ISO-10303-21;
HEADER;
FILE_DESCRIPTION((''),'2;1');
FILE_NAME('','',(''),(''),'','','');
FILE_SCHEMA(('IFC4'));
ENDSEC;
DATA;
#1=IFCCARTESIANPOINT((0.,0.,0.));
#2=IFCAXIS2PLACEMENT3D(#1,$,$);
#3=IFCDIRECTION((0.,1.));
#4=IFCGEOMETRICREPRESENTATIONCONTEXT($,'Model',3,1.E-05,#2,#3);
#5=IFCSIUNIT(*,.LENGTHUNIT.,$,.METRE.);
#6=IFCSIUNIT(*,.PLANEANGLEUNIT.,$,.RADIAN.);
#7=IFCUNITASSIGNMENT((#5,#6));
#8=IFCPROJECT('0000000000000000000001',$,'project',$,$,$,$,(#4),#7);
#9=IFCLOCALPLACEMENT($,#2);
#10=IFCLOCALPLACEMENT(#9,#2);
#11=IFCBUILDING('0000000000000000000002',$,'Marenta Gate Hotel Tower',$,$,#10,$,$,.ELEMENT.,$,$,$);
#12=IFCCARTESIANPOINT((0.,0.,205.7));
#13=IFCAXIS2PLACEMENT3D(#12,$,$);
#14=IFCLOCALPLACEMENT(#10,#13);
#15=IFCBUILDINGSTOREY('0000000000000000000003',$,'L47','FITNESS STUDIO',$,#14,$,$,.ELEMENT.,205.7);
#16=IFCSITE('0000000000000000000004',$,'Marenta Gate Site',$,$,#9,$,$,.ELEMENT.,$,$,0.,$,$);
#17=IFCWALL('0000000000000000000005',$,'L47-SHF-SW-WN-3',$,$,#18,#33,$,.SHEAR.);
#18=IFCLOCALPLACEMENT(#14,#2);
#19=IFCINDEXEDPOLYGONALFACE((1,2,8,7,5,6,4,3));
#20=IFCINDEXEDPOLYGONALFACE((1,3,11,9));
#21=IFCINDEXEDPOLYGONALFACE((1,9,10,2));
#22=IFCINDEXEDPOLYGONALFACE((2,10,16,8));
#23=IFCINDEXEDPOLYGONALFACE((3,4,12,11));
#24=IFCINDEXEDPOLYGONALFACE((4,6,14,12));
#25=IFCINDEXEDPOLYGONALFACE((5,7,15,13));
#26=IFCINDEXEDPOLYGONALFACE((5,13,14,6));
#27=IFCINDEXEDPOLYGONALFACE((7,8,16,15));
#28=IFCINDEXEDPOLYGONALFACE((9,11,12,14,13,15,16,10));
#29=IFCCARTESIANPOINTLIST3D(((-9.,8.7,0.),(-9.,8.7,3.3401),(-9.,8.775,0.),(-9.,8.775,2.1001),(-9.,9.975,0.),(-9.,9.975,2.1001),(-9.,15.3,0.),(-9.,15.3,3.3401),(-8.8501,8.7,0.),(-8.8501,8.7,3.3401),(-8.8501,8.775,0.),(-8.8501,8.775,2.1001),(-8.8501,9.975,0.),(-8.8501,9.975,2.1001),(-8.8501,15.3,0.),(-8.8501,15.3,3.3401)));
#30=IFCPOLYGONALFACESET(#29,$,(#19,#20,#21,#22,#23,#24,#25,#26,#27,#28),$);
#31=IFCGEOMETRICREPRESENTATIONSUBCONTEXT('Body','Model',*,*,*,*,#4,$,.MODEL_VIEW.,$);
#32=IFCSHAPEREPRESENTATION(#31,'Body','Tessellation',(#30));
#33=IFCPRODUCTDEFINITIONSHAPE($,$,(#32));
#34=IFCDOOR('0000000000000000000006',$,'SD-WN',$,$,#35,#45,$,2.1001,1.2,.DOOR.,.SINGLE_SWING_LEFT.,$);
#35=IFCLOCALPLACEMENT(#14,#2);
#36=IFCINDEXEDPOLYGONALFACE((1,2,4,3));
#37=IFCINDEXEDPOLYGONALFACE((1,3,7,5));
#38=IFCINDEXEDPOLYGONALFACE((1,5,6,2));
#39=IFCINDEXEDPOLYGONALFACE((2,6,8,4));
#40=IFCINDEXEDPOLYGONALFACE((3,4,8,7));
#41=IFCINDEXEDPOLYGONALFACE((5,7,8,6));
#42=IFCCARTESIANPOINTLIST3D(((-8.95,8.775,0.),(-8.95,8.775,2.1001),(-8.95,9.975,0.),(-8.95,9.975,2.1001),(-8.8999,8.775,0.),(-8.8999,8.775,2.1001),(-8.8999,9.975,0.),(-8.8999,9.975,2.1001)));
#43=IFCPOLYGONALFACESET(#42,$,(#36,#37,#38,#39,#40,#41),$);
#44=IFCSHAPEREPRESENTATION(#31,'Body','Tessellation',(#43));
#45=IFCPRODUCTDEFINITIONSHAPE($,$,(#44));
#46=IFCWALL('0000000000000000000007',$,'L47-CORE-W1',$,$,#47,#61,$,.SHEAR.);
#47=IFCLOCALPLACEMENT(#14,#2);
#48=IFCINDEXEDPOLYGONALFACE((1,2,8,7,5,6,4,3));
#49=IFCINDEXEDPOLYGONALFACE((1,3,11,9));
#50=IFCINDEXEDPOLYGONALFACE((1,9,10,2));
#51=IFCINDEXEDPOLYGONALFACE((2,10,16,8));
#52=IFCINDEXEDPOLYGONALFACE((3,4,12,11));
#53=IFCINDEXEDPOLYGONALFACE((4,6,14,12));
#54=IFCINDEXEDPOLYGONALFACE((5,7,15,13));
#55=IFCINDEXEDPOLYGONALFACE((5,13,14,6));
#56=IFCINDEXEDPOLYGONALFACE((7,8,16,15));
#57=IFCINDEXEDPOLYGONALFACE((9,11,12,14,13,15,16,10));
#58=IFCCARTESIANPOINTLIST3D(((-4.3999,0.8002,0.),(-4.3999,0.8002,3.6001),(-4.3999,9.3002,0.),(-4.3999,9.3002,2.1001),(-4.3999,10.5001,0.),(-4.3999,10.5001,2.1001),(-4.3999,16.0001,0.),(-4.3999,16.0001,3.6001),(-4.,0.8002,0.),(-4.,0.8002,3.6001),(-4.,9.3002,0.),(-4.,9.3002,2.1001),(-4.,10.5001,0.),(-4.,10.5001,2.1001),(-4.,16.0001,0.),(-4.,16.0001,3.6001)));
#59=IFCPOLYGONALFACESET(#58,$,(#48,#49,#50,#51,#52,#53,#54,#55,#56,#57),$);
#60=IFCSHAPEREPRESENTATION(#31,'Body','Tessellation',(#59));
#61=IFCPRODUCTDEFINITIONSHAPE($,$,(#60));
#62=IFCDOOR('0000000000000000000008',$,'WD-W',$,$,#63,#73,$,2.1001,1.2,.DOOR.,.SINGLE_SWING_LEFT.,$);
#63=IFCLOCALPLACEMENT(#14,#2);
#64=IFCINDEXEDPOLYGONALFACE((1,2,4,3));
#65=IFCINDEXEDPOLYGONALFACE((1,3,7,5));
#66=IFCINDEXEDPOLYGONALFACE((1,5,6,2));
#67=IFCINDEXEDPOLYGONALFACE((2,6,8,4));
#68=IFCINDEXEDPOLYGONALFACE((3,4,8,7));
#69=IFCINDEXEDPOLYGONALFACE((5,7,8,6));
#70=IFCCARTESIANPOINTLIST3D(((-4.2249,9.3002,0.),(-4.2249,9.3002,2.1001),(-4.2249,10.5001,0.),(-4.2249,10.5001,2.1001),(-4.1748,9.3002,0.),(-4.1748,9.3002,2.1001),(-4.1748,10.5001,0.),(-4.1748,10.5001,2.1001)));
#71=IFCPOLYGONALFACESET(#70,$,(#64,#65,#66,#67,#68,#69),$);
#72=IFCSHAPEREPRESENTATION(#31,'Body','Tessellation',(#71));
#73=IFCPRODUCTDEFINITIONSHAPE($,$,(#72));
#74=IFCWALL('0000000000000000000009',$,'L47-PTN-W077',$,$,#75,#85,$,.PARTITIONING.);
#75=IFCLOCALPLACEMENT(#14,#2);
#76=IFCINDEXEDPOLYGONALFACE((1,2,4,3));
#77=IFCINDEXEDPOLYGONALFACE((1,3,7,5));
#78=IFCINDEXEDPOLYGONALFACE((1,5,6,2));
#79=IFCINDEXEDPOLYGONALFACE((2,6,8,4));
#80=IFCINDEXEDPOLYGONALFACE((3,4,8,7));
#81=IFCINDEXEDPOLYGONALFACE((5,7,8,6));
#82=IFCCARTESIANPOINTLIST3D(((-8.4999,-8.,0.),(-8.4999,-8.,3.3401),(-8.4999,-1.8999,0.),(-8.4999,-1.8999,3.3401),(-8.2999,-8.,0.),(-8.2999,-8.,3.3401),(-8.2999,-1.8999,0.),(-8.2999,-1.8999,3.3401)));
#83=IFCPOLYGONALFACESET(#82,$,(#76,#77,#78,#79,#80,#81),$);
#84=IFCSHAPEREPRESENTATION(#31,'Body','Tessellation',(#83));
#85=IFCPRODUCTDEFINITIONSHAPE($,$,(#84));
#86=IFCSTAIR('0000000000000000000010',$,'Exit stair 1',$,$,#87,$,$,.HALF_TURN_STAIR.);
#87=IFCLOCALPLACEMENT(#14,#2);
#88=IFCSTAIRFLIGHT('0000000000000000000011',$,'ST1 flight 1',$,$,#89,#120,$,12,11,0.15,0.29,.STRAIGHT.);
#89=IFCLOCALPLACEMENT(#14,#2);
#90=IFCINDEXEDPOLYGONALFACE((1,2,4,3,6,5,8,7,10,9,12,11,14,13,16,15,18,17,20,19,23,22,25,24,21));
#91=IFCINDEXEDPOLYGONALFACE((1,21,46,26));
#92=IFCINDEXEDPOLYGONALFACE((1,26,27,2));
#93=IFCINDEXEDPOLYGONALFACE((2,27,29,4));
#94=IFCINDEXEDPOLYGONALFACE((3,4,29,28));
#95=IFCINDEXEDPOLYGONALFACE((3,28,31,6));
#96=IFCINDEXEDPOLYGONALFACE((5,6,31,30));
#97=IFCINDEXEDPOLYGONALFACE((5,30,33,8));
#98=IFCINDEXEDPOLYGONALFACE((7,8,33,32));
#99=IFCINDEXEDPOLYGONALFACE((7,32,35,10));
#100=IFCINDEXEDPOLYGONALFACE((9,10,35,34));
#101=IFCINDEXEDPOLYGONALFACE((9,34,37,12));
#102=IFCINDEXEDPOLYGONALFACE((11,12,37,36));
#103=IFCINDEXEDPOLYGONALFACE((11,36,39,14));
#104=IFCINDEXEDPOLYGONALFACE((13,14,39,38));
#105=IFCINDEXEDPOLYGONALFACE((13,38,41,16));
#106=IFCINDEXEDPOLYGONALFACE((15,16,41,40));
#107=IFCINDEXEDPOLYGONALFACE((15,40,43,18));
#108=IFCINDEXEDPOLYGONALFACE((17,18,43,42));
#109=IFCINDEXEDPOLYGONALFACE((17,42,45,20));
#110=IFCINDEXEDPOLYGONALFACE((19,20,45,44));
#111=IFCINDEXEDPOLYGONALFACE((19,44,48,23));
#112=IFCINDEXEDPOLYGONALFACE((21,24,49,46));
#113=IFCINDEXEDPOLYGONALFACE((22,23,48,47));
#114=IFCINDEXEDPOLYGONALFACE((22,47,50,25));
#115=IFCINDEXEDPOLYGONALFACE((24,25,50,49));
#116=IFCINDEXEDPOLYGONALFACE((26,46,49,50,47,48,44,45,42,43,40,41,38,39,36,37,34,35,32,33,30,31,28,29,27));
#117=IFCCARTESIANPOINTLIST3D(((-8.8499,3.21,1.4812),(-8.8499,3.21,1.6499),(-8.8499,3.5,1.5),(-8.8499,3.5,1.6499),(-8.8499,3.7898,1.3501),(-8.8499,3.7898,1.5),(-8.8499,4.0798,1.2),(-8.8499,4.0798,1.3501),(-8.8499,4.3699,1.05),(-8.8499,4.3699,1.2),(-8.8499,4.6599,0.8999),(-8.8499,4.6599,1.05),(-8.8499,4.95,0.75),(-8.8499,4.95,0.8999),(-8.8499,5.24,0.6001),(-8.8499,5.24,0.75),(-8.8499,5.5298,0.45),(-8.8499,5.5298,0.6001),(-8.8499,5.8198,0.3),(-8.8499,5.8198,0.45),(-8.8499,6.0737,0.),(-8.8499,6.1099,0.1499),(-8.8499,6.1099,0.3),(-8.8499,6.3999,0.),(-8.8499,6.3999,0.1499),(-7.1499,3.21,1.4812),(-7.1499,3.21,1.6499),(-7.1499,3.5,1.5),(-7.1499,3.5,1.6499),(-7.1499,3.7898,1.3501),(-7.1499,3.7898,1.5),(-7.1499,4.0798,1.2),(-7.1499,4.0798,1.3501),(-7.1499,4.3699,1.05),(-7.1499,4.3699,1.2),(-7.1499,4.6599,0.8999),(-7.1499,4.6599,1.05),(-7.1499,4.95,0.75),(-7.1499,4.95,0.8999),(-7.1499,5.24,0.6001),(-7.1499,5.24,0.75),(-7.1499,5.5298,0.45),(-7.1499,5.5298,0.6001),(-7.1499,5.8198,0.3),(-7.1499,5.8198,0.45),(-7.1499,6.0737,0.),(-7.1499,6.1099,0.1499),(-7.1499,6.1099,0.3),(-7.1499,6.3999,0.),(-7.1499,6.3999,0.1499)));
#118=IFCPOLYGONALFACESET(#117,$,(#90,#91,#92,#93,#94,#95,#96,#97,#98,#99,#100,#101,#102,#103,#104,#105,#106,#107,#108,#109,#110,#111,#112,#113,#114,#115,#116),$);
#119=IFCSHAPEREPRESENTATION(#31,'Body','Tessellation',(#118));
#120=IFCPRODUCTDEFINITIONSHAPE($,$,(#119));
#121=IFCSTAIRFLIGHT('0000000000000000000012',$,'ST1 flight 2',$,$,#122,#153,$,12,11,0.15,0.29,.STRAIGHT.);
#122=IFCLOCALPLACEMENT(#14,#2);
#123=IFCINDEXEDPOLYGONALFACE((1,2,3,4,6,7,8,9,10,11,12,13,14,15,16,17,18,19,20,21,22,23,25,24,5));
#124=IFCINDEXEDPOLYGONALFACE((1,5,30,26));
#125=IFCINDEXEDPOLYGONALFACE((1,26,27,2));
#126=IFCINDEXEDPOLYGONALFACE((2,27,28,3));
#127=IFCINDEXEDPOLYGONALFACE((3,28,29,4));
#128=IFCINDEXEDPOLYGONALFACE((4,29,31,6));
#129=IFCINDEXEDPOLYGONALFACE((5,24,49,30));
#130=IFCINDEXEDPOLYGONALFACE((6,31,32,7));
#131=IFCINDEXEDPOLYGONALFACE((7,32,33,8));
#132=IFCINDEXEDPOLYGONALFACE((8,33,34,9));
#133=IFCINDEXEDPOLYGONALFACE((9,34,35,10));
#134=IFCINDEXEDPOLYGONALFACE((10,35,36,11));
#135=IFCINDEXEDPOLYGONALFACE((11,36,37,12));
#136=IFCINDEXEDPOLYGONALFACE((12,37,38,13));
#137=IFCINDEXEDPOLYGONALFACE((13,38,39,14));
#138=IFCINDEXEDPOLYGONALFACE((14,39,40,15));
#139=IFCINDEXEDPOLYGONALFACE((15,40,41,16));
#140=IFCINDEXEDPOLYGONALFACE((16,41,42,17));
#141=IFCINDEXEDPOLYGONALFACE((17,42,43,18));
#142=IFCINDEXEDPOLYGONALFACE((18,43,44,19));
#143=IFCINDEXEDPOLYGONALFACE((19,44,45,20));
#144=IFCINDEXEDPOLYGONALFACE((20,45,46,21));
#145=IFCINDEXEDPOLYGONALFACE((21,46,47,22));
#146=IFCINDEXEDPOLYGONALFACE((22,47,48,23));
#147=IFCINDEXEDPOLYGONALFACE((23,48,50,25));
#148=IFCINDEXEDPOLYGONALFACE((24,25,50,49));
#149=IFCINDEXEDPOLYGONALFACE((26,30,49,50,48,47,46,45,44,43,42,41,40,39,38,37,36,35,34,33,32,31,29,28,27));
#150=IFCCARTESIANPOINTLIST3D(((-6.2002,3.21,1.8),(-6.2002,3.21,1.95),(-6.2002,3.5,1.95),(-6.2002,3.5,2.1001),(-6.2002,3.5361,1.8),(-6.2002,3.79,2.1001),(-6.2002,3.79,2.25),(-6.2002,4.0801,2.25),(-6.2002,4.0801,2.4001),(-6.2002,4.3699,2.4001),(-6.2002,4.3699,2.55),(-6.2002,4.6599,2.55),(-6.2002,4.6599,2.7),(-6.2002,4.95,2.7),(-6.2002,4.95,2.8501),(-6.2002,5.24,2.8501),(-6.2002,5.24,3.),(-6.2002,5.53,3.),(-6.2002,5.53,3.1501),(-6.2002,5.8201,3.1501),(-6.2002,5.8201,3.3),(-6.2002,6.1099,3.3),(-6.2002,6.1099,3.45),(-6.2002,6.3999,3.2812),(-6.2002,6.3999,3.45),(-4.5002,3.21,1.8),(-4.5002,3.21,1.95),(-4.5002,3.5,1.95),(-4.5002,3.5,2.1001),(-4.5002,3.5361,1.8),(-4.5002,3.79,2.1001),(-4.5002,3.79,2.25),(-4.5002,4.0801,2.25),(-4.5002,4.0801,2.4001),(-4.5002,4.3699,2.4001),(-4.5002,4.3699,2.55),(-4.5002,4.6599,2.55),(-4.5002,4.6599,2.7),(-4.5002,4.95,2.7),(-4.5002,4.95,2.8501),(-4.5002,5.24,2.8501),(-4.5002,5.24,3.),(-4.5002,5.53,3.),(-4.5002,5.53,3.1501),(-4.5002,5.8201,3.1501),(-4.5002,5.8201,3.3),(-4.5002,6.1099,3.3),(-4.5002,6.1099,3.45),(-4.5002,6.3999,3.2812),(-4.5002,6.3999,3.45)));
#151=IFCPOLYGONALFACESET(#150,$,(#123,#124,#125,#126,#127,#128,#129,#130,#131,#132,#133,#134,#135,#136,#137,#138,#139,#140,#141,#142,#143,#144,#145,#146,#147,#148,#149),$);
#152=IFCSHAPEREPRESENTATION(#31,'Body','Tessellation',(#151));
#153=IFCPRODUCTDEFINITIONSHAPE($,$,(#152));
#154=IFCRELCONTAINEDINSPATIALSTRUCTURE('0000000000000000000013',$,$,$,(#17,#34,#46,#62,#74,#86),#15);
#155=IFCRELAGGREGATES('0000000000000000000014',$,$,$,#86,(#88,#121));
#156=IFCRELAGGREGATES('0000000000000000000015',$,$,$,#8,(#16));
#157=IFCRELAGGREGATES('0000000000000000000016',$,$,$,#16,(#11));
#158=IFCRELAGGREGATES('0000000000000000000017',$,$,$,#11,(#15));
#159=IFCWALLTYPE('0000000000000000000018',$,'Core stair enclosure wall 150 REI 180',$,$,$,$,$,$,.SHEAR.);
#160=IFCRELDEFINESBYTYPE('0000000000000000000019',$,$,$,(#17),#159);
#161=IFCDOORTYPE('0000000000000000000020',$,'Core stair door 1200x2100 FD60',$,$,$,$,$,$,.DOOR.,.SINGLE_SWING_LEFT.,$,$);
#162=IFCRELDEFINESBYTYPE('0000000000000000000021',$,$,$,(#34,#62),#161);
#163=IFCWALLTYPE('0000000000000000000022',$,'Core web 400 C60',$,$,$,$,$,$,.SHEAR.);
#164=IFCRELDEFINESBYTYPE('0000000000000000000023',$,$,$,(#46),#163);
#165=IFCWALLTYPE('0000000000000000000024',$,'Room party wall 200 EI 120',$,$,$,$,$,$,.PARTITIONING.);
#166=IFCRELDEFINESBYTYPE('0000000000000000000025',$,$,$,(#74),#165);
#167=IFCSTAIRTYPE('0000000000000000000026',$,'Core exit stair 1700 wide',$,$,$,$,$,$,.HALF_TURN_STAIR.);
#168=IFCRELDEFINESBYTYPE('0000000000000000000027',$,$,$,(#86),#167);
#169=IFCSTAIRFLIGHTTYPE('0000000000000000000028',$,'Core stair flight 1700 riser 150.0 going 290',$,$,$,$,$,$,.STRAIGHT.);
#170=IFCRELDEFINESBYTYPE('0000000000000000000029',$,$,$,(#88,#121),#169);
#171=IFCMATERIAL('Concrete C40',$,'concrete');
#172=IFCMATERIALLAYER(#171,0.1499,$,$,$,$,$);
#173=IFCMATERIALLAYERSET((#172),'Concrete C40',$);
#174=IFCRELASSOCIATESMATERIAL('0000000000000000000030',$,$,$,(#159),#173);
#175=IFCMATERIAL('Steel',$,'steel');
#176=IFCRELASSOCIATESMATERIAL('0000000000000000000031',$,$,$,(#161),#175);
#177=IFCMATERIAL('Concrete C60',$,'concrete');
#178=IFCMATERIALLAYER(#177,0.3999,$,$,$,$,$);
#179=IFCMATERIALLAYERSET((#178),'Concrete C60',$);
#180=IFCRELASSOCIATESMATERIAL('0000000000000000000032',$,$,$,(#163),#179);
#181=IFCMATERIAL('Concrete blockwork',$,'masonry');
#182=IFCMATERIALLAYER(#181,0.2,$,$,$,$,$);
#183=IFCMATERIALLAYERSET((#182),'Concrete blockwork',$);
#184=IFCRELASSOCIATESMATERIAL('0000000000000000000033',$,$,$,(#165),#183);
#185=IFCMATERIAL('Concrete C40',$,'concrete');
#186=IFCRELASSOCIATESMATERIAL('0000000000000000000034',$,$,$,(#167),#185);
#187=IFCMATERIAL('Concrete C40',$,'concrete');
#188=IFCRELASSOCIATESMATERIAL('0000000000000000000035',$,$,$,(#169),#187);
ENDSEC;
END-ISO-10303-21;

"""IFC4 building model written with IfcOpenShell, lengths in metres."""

from ifc_helpers import new_model, si_unit, direction, frame, frame_2d, origin, place, context, subcontext, project, spatial, polyline, rectangle, outline, extrude, material, layer, layer_set, type_object, element, fill, aggregate, save


model = new_model("IFC4")

# Units and contexts
model_context = context("Model", 3, precision=1e-05, world=origin(), true_north=direction((0.0, 1.0)))
body_context = subcontext(model_context, "Body", "Model", "MODEL_VIEW")
ifc_project = project(units=[si_unit("LENGTHUNIT", "METRE"), si_unit("PLANEANGLEUNIT", "RADIAN")], contexts=[model_context])

# Site, building, storey
site_placement = place(None, origin())
site = spatial("IfcSite", under=ifc_project, at=site_placement, Name="Marenta Gate Site", CompositionType="ELEMENT", RefElevation=0.0)
building_placement = place(site_placement, origin())
building = spatial("IfcBuilding", under=site, at=building_placement, Name="Marenta Gate Hotel Tower", CompositionType="ELEMENT")
storey_placement = place(building_placement, frame((0.0, 0.0, 205.7)))
storey = spatial("IfcBuildingStorey", under=building, at=storey_placement, Name="L47", Description="FITNESS STUDIO", CompositionType="ELEMENT", Elevation=205.7)

# Walls, openings, doors
ifc_material_1 = material(Name="Concrete C40", Category="concrete")
ifc_layer_1 = layer(ifc_material_1, 0.1499)
ifc_layer_set_1 = layer_set([ifc_layer_1], Name="Concrete C40")
wall_type_1 = type_object("IfcWallType", Name="Core stair enclosure wall 150 REI 180", PredefinedType="SHEAR", material=ifc_layer_set_1)
wall_1_placement = place(storey_placement, frame((-8.925, 8.7, 0.0), z_axis=(0.0, 0.0, 1.0), x_axis=(0.0, 1.0, 0.0)))
wall_1 = element("IfcWall", 1, at=wall_1_placement, inside=storey, type_object=wall_type_1, Name="L47-SHF-SW-WN-3", PredefinedType="SHEAR", context=body_context, shape_type="SweptSolid", body=[
    extrude(rectangle(XDim=6.6001, YDim=0.1499, at=frame_2d((3.3, 0.0))), origin(), (0.0, 0.0, 1.0), 3.3401),
])
opening_1_placement = place(wall_1_placement, frame((0.075, 0.0, 0.0)))
opening_1 = element("IfcOpeningElement", 2, at=opening_1_placement, cuts=wall_1, PredefinedType="OPENING", context=body_context, shape_type="SweptSolid", body=[
    extrude(rectangle(XDim=1.2, YDim=2.1001, at=frame_2d((0.6001, 1.05))), frame((0.0, 0.075, 0.0), z_axis=(0.0, -1.0, 0.0), x_axis=(1.0, 0.0, 0.0)), (0.0, 0.0, 1.0), 0.1499),
])
ifc_material_2 = material(Name="Steel", Category="steel")
door_type_1 = type_object("IfcDoorType", Name="Core stair door 1200x2100 FD60", OperationType="SINGLE_SWING_LEFT", PredefinedType="DOOR", material=ifc_material_2)
door_1_placement = place(opening_1_placement, origin())
door_1 = element("IfcDoor", 3, at=door_1_placement, inside=storey, type_object=door_type_1, Name="SD-WN", OperationType="SINGLE_SWING_LEFT", OverallHeight=2.1001, OverallWidth=1.2, PredefinedType="DOOR", context=body_context, shape_type="SweptSolid", body=[
    extrude(rectangle(XDim=1.2, YDim=2.1001, at=frame_2d((0.6001, 1.05))), frame((0.0, 0.0249, 0.0), z_axis=(0.0, -1.0, 0.0), x_axis=(1.0, 0.0, 0.0)), (0.0, 0.0, 1.0), 0.05),
])
fill(opening_1, door_1)
ifc_material_3 = material(Name="Concrete C60", Category="concrete")
ifc_layer_2 = layer(ifc_material_3, 0.3999)
ifc_layer_set_2 = layer_set([ifc_layer_2], Name="Concrete C60")
wall_type_2 = type_object("IfcWallType", Name="Core web 400 C60", PredefinedType="SHEAR", material=ifc_layer_set_2)
wall_2_placement = place(storey_placement, frame((-4.2, 0.8, 0.0), z_axis=(0.0, 0.0, 1.0), x_axis=(0.0, 1.0, 0.0)))
wall_2 = element("IfcWall", 4, at=wall_2_placement, inside=storey, type_object=wall_type_2, Name="L47-CORE-W1", PredefinedType="SHEAR", context=body_context, shape_type="SweptSolid", body=[
    extrude(rectangle(XDim=15.2, YDim=0.3999, at=frame_2d((7.6001, 0.0))), origin(), (0.0, 0.0, 1.0), 3.6001),
])
opening_2_placement = place(wall_2_placement, frame((8.5, 0.0, 0.0)))
opening_2 = element("IfcOpeningElement", 5, at=opening_2_placement, cuts=wall_2, PredefinedType="OPENING", context=body_context, shape_type="SweptSolid", body=[
    extrude(rectangle(XDim=1.2, YDim=2.1001, at=frame_2d((0.6001, 1.05))), frame((0.0, 0.2, 0.0), z_axis=(0.0, -1.0, 0.0), x_axis=(1.0, 0.0, 0.0)), (0.0, 0.0, 1.0), 0.3999),
])
door_2_placement = place(opening_2_placement, origin())
door_2 = element("IfcDoor", 6, at=door_2_placement, inside=storey, type_object=door_type_1, Name="WD-W", OperationType="SINGLE_SWING_LEFT", OverallHeight=2.1001, OverallWidth=1.2, PredefinedType="DOOR", context=body_context, shape_type="SweptSolid", body=[
    extrude(rectangle(XDim=1.2, YDim=2.1001, at=frame_2d((0.6001, 1.05))), frame((0.0, 0.0249, 0.0), z_axis=(0.0, -1.0, 0.0), x_axis=(1.0, 0.0, 0.0)), (0.0, 0.0, 1.0), 0.05),
])
fill(opening_2, door_2)

# Wall
ifc_material_4 = material(Name="Concrete blockwork", Category="masonry")
ifc_layer_3 = layer(ifc_material_4, 0.2)
ifc_layer_set_3 = layer_set([ifc_layer_3], Name="Concrete blockwork")
wall_type_3 = type_object("IfcWallType", Name="Room party wall 200 EI 120", PredefinedType="PARTITIONING", material=ifc_layer_set_3)
wall_3_placement = place(storey_placement, frame((-8.3999, -8.0, 0.0), z_axis=(0.0, 0.0, 1.0), x_axis=(0.0, 1.0, 0.0)))
element("IfcWall", 7, at=wall_3_placement, inside=storey, type_object=wall_type_3, Name="L47-PTN-W077", PredefinedType="PARTITIONING", context=body_context, shape_type="SweptSolid", body=[
    extrude(rectangle(XDim=6.1001, YDim=0.2, at=frame_2d((3.05, 0.0))), origin(), (0.0, 0.0, 1.0), 3.3401),
])

# Stair, stair flights
ifc_material_5 = material(Name="Concrete C40", Category="concrete")
stair_type = type_object("IfcStairType", Name="Core exit stair 1700 wide", PredefinedType="HALF_TURN_STAIR", material=ifc_material_5)
stair_placement = place(storey_placement, origin())
stair = element("IfcStair", 8, at=stair_placement, inside=storey, type_object=stair_type, Name="Exit stair 1", PredefinedType="HALF_TURN_STAIR")
ifc_material_6 = material(Name="Concrete C40", Category="concrete")
stair_flight_type = type_object("IfcStairFlightType", Name="Core stair flight 1700 riser 150.0 going 290", PredefinedType="STRAIGHT", material=ifc_material_6)
stair_flight_1_placement = place(storey_placement, frame((-8.0, 6.3999, 0.0), z_axis=(0.0, 0.0, 1.0), x_axis=(0.0, -1.0, 0.0)))
stair_flight_1 = element("IfcStairFlight", 9, at=stair_flight_1_placement, type_object=stair_flight_type, Name="ST1 flight 1", NumberOfRisers=12, NumberOfTreads=11, PredefinedType="STRAIGHT", RiserHeight=0.15, TreadLength=0.29, context=body_context, shape_type="SweptSolid", body=[
    extrude(outline(polyline([(0.0, 0.0), (0.0, 0.1499), (0.29, 0.1499), (0.29, 0.3), (0.5801, 0.3), (0.5801, 0.45), (0.8701, 0.45), (0.8701, 0.6001), (1.1599, 0.6001), (1.1599, 0.75), (1.45, 0.75), (1.45, 0.8999), (1.74, 0.8999), (1.74, 1.05), (2.03, 1.05), (2.03, 1.2), (2.3201, 1.2), (2.3201, 1.3501), (2.6101, 1.3501), (2.6101, 1.5), (2.8999, 1.5), (2.8999, 1.6499), (3.1899, 1.6499), (3.1899, 1.8), (3.1899, 1.4812), (0.3262, 0.0), (0.0, 0.0)])), frame((0.0, 0.8501, 0.0), z_axis=(0.0, -1.0, 0.0), x_axis=(1.0, 0.0, 0.0)), (0.0, 0.0, 1.0), 1.7),
])
stair_flight_2_placement = place(storey_placement, frame((-5.3501, 3.21, 1.8), z_axis=(0.0, 0.0, 1.0), x_axis=(0.0, 1.0, 0.0)))
stair_flight_2 = element("IfcStairFlight", 10, at=stair_flight_2_placement, type_object=stair_flight_type, Name="ST1 flight 2", NumberOfRisers=12, NumberOfTreads=11, PredefinedType="STRAIGHT", RiserHeight=0.15, TreadLength=0.29, context=body_context, shape_type="SweptSolid", body=[
    extrude(outline(polyline([(0.0, 0.0), (0.0, 0.1499), (0.29, 0.1499), (0.29, 0.3), (0.5801, 0.3), (0.5801, 0.45), (0.8701, 0.45), (0.8701, 0.6001), (1.1599, 0.6001), (1.1599, 0.75), (1.45, 0.75), (1.45, 0.8999), (1.74, 0.8999), (1.74, 1.05), (2.03, 1.05), (2.03, 1.2), (2.3201, 1.2), (2.3201, 1.3501), (2.6101, 1.3501), (2.6101, 1.5), (2.8999, 1.5), (2.8999, 1.6499), (3.1899, 1.6499), (3.1899, 1.8), (3.1899, 1.4812), (0.3262, 0.0), (0.0, 0.0)])), frame((0.0, 0.8501, 0.0), z_axis=(0.0, -1.0, 0.0), x_axis=(1.0, 0.0, 0.0)), (0.0, 0.0, 1.0), 1.7),
])
aggregate(stair, [stair_flight_1, stair_flight_2])

save(model, "model.ifc")
